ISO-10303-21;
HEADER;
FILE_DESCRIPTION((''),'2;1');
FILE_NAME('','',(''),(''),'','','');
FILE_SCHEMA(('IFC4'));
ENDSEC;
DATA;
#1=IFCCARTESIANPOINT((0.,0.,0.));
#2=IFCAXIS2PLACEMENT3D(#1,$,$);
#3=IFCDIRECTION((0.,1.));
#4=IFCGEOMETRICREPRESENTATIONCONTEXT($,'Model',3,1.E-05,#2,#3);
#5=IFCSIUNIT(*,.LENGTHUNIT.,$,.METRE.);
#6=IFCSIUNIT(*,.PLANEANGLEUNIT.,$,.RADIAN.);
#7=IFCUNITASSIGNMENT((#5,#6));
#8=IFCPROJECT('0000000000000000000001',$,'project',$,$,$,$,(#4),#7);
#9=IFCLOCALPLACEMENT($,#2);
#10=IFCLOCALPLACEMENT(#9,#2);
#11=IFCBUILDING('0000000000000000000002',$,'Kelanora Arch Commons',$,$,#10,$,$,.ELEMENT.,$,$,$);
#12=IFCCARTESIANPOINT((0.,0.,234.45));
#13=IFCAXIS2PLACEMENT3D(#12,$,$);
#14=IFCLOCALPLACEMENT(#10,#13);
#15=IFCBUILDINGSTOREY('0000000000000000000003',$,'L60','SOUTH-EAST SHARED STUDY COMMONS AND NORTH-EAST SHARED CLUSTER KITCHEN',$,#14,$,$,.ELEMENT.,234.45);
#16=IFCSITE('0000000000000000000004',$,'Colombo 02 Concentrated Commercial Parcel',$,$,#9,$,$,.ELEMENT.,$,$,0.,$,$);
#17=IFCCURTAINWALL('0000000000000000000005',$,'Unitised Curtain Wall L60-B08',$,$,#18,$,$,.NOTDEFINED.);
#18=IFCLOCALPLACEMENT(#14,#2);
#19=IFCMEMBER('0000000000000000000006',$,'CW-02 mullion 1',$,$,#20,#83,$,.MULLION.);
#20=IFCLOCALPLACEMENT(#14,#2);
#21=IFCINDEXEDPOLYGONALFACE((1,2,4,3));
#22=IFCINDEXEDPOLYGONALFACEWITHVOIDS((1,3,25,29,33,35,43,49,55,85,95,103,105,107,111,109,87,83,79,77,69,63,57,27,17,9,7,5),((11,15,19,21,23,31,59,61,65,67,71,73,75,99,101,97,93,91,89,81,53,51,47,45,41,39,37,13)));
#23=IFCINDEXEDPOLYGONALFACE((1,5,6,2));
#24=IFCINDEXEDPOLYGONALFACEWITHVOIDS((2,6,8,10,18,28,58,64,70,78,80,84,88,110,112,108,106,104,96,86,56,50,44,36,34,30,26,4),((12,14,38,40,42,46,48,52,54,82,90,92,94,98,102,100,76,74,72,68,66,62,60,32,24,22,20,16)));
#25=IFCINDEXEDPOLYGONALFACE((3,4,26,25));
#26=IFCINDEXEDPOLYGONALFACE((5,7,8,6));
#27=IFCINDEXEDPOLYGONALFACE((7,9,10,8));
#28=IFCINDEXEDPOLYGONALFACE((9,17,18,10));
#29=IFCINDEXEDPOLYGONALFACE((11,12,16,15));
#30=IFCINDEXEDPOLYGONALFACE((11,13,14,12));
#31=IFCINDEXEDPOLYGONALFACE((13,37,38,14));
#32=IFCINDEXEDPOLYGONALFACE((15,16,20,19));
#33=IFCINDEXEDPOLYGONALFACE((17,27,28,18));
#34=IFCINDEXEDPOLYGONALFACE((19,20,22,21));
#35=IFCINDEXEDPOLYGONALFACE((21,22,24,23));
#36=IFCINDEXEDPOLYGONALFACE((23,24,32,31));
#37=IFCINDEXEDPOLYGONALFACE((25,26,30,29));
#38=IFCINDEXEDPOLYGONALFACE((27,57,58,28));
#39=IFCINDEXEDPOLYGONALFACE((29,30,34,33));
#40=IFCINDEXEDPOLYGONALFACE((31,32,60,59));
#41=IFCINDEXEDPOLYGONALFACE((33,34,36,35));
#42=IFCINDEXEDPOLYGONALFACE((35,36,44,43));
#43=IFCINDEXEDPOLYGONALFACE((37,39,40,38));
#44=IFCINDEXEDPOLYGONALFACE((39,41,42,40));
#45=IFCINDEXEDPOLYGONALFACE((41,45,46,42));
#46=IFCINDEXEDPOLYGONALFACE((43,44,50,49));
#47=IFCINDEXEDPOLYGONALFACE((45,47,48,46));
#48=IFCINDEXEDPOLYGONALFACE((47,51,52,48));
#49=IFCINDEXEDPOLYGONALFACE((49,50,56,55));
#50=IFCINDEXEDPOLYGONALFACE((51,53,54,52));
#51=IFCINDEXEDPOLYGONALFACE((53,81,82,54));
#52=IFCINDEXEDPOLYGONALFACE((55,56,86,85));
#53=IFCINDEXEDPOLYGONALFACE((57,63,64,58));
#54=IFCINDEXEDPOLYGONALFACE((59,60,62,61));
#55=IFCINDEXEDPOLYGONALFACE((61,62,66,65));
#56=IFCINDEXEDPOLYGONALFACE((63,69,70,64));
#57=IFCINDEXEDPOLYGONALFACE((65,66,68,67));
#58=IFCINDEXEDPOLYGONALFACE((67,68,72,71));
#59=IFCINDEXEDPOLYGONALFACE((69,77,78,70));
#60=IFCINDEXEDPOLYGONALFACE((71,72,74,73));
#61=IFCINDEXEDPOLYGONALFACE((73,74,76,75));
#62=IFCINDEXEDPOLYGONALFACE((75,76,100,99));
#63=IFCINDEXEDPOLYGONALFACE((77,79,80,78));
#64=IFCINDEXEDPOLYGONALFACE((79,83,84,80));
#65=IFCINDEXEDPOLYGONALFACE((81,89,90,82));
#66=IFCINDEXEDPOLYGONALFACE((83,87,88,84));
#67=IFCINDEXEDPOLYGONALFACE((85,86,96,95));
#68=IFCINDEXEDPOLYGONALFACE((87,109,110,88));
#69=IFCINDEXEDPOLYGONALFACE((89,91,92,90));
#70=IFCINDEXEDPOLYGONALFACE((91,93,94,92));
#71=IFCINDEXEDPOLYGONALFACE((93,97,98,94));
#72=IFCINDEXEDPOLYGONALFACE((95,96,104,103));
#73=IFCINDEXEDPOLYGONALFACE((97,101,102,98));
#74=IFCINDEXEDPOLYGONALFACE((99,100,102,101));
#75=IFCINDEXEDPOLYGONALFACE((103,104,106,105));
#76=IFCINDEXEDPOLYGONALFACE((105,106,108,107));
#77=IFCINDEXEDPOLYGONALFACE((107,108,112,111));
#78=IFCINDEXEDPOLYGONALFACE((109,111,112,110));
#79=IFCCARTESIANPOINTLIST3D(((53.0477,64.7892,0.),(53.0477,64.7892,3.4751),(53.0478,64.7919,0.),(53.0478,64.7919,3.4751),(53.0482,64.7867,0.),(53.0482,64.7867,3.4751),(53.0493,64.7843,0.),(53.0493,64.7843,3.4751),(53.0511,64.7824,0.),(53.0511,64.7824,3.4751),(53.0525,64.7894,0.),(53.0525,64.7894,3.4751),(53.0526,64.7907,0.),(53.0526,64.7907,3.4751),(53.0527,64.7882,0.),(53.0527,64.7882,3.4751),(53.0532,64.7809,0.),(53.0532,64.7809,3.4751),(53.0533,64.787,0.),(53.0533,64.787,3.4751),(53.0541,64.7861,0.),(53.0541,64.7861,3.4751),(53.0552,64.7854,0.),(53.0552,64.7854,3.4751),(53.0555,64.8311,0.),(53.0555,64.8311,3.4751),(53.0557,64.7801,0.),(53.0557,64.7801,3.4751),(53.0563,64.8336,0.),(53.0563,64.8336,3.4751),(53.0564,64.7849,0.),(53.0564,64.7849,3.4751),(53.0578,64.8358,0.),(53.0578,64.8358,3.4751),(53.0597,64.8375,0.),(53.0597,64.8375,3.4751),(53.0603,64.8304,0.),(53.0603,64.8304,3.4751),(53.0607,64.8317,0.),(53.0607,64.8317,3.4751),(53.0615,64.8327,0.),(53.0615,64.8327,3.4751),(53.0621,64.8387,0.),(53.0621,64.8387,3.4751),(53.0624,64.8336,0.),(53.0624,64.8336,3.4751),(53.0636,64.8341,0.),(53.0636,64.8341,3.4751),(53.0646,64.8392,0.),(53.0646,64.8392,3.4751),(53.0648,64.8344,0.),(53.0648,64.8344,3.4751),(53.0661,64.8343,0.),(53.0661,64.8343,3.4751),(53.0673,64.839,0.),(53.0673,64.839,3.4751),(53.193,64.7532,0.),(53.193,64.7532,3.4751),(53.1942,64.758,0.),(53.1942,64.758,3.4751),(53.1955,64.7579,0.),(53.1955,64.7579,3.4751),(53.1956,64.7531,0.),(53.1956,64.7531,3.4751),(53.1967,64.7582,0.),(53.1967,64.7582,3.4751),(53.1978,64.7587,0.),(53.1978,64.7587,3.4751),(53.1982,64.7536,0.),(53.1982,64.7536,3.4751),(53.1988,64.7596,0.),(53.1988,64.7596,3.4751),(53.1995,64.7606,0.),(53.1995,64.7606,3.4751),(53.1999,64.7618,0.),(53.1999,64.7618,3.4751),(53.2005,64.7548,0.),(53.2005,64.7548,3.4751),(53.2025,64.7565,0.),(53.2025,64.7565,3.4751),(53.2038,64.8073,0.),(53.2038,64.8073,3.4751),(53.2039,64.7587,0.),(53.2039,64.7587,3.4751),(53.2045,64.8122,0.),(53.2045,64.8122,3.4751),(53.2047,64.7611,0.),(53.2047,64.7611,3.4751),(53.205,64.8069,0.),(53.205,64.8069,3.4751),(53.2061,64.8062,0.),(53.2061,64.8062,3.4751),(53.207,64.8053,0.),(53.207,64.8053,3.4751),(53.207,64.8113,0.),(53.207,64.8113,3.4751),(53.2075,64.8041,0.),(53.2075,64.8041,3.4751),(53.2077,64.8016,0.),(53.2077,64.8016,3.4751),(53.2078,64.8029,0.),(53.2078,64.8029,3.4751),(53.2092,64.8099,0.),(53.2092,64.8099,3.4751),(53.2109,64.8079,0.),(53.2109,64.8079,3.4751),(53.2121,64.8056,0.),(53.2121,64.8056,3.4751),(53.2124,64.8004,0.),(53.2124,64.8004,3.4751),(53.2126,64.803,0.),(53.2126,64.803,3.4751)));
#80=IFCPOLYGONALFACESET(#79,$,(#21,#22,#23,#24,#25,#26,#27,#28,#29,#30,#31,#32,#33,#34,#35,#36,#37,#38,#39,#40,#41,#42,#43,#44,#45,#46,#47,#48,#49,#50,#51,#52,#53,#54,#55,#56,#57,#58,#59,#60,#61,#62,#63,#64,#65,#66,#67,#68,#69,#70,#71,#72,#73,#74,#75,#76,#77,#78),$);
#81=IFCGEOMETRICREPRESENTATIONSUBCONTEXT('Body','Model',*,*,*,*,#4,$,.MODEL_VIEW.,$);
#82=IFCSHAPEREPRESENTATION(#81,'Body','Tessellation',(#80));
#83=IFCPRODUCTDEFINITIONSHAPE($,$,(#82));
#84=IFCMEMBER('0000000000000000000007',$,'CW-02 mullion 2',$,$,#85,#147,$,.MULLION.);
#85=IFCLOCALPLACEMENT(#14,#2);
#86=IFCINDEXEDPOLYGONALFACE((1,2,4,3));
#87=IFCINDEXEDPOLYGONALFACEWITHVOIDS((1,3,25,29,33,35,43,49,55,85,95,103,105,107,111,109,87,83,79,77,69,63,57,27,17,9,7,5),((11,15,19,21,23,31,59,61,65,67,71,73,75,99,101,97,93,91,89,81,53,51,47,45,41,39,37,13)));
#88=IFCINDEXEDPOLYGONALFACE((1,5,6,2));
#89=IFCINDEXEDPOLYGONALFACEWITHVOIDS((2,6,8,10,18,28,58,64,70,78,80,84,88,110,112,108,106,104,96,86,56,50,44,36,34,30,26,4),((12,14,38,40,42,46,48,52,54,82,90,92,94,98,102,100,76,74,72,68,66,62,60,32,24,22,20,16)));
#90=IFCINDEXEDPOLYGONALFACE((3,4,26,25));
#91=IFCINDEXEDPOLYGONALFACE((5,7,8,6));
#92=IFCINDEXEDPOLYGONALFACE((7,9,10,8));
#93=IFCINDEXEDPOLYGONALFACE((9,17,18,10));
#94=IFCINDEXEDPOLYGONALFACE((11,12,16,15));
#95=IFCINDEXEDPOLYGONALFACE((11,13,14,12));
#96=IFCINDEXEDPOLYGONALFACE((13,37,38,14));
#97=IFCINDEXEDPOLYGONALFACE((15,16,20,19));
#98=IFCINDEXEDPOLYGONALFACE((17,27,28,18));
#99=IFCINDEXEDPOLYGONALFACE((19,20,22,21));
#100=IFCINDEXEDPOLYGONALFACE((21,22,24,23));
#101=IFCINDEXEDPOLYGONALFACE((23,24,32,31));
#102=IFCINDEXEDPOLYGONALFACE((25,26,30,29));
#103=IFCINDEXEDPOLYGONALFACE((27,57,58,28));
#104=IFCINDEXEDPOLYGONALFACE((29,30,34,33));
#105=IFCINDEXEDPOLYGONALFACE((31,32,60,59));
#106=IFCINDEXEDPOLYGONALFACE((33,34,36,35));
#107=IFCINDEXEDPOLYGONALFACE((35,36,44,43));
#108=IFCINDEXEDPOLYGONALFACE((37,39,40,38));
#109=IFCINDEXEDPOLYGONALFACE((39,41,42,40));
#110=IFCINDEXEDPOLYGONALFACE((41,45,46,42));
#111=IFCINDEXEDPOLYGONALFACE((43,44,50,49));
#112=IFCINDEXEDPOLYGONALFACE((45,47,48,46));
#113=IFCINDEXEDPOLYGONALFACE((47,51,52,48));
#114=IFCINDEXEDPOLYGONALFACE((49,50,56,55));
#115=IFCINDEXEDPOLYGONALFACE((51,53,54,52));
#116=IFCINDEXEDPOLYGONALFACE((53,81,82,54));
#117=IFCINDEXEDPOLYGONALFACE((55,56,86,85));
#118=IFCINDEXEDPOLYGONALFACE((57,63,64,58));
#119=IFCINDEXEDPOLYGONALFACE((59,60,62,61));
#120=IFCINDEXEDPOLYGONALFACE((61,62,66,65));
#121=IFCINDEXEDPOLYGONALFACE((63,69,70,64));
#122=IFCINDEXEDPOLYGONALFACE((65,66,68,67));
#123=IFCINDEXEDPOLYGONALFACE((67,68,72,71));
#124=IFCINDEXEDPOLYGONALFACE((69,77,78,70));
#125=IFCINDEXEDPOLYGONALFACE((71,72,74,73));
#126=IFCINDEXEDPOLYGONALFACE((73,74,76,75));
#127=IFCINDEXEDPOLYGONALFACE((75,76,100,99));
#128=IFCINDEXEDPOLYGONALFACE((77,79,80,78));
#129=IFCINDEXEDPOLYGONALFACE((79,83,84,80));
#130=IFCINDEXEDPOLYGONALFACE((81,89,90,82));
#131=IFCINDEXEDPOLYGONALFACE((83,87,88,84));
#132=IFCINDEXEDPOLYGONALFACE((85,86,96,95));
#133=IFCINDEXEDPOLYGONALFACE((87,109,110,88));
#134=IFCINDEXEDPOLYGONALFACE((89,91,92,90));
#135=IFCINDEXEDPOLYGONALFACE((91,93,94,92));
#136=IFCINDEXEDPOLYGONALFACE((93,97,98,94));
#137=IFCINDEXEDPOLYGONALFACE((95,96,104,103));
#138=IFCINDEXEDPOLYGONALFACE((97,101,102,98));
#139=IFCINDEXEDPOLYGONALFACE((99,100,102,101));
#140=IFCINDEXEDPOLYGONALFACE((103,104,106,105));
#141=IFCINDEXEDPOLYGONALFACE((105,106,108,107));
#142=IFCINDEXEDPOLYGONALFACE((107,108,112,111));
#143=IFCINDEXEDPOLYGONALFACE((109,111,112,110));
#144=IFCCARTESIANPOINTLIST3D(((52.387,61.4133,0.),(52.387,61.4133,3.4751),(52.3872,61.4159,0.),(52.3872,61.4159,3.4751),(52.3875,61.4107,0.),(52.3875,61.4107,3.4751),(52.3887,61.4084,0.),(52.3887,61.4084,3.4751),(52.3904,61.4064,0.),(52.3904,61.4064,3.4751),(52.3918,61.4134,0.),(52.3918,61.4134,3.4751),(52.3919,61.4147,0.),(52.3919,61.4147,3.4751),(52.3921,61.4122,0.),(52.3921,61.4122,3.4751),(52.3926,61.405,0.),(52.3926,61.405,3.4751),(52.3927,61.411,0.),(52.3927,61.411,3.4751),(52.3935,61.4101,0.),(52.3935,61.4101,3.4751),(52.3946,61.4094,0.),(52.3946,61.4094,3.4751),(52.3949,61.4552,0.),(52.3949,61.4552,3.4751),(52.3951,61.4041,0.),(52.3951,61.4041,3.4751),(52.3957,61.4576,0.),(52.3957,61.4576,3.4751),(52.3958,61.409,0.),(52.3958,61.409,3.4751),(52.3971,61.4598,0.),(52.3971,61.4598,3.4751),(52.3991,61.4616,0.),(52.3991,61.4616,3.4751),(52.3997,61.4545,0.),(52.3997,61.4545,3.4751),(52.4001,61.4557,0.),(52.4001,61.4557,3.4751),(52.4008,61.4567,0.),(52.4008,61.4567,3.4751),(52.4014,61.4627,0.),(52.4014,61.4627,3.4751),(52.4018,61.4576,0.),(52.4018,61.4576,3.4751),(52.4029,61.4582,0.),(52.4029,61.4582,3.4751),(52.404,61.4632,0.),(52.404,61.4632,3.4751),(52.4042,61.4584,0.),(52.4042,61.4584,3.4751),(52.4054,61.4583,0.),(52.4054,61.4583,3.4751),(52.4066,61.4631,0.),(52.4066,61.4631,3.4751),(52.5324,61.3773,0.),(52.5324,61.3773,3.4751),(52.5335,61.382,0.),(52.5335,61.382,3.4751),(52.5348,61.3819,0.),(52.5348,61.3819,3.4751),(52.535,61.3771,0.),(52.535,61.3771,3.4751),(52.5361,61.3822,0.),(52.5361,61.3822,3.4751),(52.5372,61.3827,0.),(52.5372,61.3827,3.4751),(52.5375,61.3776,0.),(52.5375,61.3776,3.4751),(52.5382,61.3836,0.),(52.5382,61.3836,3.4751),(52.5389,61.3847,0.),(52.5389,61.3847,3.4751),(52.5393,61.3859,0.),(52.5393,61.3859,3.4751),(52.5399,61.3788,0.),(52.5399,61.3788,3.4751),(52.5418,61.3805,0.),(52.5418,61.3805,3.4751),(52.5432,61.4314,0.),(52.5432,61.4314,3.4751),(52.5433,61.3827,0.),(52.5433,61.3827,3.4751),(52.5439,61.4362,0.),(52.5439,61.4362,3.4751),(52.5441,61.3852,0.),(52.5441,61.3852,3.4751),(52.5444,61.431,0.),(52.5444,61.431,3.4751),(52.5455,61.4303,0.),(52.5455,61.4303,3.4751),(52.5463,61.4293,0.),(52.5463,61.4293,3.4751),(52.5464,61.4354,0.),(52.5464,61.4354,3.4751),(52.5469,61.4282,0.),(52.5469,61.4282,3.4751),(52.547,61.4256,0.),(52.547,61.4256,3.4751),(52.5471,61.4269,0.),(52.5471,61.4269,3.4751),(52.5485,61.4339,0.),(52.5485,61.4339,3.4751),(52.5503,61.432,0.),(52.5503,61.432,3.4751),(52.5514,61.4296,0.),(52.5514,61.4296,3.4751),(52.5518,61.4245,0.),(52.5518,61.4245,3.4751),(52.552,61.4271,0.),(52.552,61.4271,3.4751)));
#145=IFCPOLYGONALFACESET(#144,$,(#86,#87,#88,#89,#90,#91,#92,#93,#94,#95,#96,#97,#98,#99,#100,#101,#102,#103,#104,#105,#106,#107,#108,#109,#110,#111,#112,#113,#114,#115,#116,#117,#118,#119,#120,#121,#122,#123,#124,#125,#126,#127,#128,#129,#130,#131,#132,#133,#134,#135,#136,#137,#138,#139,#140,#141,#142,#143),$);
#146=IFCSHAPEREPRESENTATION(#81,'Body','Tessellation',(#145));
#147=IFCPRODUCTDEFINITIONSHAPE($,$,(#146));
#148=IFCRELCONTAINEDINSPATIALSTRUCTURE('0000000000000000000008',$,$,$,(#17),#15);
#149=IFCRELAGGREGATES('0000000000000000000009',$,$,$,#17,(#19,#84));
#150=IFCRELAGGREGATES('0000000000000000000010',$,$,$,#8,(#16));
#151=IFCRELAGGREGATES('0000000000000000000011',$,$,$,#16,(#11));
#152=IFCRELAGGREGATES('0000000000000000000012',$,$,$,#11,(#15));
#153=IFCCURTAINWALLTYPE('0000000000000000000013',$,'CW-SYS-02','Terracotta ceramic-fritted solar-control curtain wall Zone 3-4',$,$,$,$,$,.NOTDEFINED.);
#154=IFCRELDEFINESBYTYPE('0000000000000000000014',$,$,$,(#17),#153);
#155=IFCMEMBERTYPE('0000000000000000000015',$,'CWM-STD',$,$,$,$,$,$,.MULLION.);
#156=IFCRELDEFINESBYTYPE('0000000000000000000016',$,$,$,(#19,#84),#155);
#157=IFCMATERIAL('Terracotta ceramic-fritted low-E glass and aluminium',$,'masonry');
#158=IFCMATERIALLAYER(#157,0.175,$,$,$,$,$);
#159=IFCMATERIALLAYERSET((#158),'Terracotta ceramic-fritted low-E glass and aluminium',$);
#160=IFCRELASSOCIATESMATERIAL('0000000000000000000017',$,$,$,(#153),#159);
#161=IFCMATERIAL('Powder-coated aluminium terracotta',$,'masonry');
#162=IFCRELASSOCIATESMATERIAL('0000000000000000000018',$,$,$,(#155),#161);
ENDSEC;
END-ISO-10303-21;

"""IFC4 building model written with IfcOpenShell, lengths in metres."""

from ifc_helpers import new_model, si_unit, direction, frame, origin, origin_2d, place, context, subcontext, project, spatial, hollow_rectangle, extrude, material, layer, layer_set, material_profile, profile_set, type_object, element, aggregate, save


model = new_model("IFC4")

# Units and contexts
model_context = context("Model", 3, precision=1e-05, world=origin(), true_north=direction((0.0, 1.0)))
body_context = subcontext(model_context, "Body", "Model", "MODEL_VIEW")
ifc_project = project(units=[si_unit("LENGTHUNIT", "METRE"), si_unit("PLANEANGLEUNIT", "RADIAN")], contexts=[model_context])

# Site, building, storey
site_placement = place(None, origin())
site = spatial("IfcSite", under=ifc_project, at=site_placement, Name="Colombo 02 Concentrated Commercial Parcel", CompositionType="ELEMENT", RefElevation=0.0)
building_placement = place(site_placement, origin())
building = spatial("IfcBuilding", under=site, at=building_placement, Name="Kelanora Arch Commons", CompositionType="ELEMENT")
storey_placement = place(building_placement, frame((0.0, 0.0, 234.45)))
storey = spatial("IfcBuildingStorey", under=building, at=storey_placement, Name="L60", Description="SOUTH-EAST SHARED STUDY COMMONS AND NORTH-EAST SHARED CLUSTER KITCHEN", CompositionType="ELEMENT", Elevation=234.45)

# Curtain wall, members
ifc_material_1 = material(Name="Terracotta ceramic-fritted low-E glass and aluminium", Category="masonry")
ifc_layer_1 = layer(ifc_material_1, 0.175)
ifc_layer_set_1 = layer_set([ifc_layer_1], Name="Terracotta ceramic-fritted low-E glass and aluminium")
curtain_wall_type = type_object("IfcCurtainWallType", Name="CW-SYS-02", Description="Terracotta ceramic-fritted solar-control curtain wall Zone 3-4", PredefinedType="NOTDEFINED", material=ifc_layer_set_1)
curtain_wall_placement = place(storey_placement, origin())
curtain_wall = element("IfcCurtainWall", 1, at=curtain_wall_placement, inside=storey, type_object=curtain_wall_type, Name="Unitised Curtain Wall L60-B08", PredefinedType="NOTDEFINED")
ifc_material_2 = material(Name="Powder-coated aluminium terracotta", Category="masonry")
ifc_material_profile_1 = material_profile(ifc_material_2, hollow_rectangle(XDim=0.1599, YDim=0.0601, WallThickness=0.0049, InnerFilletRadius=0.0049, OuterFilletRadius=0.01, at=origin_2d()), Name="CWM160x60")
ifc_profile_set_1 = profile_set([ifc_material_profile_1], Name="Powder-coated aluminium terracotta")
member_type_1 = type_object("IfcMemberType", Name="CWM-STD", PredefinedType="MULLION", material=ifc_profile_set_1)
member_1_placement = place(storey_placement, frame((53.1301, 64.7961, 0.0), z_axis=(0.0, 0.0, 1.0), x_axis=(0.981381, -0.192069, 0.0)))
member_1 = element("IfcMember", 2, at=member_1_placement, type_object=member_type_1, Name="CW-02 mullion 1", PredefinedType="MULLION", context=body_context, shape_type="SweptSolid", body=[
    extrude(hollow_rectangle(XDim=0.1599, YDim=0.0601, WallThickness=0.0049, InnerFilletRadius=0.0049, OuterFilletRadius=0.01, at=origin_2d()), origin(), (0.0, 0.0, 1.0), 3.4751),
])
member_2_placement = place(storey_placement, frame((52.4695, 61.4202, 0.0), z_axis=(0.0, 0.0, 1.0), x_axis=(0.981381, -0.192069, 0.0)))
member_2 = element("IfcMember", 3, at=member_2_placement, type_object=member_type_1, Name="CW-02 mullion 2", PredefinedType="MULLION", context=body_context, shape_type="SweptSolid", body=[
    extrude(hollow_rectangle(XDim=0.1599, YDim=0.0601, WallThickness=0.0049, InnerFilletRadius=0.0049, OuterFilletRadius=0.01, at=origin_2d()), origin(), (0.0, 0.0, 1.0), 3.4751),
])
aggregate(curtain_wall, [member_1, member_2])

save(model, "model.ifc")
